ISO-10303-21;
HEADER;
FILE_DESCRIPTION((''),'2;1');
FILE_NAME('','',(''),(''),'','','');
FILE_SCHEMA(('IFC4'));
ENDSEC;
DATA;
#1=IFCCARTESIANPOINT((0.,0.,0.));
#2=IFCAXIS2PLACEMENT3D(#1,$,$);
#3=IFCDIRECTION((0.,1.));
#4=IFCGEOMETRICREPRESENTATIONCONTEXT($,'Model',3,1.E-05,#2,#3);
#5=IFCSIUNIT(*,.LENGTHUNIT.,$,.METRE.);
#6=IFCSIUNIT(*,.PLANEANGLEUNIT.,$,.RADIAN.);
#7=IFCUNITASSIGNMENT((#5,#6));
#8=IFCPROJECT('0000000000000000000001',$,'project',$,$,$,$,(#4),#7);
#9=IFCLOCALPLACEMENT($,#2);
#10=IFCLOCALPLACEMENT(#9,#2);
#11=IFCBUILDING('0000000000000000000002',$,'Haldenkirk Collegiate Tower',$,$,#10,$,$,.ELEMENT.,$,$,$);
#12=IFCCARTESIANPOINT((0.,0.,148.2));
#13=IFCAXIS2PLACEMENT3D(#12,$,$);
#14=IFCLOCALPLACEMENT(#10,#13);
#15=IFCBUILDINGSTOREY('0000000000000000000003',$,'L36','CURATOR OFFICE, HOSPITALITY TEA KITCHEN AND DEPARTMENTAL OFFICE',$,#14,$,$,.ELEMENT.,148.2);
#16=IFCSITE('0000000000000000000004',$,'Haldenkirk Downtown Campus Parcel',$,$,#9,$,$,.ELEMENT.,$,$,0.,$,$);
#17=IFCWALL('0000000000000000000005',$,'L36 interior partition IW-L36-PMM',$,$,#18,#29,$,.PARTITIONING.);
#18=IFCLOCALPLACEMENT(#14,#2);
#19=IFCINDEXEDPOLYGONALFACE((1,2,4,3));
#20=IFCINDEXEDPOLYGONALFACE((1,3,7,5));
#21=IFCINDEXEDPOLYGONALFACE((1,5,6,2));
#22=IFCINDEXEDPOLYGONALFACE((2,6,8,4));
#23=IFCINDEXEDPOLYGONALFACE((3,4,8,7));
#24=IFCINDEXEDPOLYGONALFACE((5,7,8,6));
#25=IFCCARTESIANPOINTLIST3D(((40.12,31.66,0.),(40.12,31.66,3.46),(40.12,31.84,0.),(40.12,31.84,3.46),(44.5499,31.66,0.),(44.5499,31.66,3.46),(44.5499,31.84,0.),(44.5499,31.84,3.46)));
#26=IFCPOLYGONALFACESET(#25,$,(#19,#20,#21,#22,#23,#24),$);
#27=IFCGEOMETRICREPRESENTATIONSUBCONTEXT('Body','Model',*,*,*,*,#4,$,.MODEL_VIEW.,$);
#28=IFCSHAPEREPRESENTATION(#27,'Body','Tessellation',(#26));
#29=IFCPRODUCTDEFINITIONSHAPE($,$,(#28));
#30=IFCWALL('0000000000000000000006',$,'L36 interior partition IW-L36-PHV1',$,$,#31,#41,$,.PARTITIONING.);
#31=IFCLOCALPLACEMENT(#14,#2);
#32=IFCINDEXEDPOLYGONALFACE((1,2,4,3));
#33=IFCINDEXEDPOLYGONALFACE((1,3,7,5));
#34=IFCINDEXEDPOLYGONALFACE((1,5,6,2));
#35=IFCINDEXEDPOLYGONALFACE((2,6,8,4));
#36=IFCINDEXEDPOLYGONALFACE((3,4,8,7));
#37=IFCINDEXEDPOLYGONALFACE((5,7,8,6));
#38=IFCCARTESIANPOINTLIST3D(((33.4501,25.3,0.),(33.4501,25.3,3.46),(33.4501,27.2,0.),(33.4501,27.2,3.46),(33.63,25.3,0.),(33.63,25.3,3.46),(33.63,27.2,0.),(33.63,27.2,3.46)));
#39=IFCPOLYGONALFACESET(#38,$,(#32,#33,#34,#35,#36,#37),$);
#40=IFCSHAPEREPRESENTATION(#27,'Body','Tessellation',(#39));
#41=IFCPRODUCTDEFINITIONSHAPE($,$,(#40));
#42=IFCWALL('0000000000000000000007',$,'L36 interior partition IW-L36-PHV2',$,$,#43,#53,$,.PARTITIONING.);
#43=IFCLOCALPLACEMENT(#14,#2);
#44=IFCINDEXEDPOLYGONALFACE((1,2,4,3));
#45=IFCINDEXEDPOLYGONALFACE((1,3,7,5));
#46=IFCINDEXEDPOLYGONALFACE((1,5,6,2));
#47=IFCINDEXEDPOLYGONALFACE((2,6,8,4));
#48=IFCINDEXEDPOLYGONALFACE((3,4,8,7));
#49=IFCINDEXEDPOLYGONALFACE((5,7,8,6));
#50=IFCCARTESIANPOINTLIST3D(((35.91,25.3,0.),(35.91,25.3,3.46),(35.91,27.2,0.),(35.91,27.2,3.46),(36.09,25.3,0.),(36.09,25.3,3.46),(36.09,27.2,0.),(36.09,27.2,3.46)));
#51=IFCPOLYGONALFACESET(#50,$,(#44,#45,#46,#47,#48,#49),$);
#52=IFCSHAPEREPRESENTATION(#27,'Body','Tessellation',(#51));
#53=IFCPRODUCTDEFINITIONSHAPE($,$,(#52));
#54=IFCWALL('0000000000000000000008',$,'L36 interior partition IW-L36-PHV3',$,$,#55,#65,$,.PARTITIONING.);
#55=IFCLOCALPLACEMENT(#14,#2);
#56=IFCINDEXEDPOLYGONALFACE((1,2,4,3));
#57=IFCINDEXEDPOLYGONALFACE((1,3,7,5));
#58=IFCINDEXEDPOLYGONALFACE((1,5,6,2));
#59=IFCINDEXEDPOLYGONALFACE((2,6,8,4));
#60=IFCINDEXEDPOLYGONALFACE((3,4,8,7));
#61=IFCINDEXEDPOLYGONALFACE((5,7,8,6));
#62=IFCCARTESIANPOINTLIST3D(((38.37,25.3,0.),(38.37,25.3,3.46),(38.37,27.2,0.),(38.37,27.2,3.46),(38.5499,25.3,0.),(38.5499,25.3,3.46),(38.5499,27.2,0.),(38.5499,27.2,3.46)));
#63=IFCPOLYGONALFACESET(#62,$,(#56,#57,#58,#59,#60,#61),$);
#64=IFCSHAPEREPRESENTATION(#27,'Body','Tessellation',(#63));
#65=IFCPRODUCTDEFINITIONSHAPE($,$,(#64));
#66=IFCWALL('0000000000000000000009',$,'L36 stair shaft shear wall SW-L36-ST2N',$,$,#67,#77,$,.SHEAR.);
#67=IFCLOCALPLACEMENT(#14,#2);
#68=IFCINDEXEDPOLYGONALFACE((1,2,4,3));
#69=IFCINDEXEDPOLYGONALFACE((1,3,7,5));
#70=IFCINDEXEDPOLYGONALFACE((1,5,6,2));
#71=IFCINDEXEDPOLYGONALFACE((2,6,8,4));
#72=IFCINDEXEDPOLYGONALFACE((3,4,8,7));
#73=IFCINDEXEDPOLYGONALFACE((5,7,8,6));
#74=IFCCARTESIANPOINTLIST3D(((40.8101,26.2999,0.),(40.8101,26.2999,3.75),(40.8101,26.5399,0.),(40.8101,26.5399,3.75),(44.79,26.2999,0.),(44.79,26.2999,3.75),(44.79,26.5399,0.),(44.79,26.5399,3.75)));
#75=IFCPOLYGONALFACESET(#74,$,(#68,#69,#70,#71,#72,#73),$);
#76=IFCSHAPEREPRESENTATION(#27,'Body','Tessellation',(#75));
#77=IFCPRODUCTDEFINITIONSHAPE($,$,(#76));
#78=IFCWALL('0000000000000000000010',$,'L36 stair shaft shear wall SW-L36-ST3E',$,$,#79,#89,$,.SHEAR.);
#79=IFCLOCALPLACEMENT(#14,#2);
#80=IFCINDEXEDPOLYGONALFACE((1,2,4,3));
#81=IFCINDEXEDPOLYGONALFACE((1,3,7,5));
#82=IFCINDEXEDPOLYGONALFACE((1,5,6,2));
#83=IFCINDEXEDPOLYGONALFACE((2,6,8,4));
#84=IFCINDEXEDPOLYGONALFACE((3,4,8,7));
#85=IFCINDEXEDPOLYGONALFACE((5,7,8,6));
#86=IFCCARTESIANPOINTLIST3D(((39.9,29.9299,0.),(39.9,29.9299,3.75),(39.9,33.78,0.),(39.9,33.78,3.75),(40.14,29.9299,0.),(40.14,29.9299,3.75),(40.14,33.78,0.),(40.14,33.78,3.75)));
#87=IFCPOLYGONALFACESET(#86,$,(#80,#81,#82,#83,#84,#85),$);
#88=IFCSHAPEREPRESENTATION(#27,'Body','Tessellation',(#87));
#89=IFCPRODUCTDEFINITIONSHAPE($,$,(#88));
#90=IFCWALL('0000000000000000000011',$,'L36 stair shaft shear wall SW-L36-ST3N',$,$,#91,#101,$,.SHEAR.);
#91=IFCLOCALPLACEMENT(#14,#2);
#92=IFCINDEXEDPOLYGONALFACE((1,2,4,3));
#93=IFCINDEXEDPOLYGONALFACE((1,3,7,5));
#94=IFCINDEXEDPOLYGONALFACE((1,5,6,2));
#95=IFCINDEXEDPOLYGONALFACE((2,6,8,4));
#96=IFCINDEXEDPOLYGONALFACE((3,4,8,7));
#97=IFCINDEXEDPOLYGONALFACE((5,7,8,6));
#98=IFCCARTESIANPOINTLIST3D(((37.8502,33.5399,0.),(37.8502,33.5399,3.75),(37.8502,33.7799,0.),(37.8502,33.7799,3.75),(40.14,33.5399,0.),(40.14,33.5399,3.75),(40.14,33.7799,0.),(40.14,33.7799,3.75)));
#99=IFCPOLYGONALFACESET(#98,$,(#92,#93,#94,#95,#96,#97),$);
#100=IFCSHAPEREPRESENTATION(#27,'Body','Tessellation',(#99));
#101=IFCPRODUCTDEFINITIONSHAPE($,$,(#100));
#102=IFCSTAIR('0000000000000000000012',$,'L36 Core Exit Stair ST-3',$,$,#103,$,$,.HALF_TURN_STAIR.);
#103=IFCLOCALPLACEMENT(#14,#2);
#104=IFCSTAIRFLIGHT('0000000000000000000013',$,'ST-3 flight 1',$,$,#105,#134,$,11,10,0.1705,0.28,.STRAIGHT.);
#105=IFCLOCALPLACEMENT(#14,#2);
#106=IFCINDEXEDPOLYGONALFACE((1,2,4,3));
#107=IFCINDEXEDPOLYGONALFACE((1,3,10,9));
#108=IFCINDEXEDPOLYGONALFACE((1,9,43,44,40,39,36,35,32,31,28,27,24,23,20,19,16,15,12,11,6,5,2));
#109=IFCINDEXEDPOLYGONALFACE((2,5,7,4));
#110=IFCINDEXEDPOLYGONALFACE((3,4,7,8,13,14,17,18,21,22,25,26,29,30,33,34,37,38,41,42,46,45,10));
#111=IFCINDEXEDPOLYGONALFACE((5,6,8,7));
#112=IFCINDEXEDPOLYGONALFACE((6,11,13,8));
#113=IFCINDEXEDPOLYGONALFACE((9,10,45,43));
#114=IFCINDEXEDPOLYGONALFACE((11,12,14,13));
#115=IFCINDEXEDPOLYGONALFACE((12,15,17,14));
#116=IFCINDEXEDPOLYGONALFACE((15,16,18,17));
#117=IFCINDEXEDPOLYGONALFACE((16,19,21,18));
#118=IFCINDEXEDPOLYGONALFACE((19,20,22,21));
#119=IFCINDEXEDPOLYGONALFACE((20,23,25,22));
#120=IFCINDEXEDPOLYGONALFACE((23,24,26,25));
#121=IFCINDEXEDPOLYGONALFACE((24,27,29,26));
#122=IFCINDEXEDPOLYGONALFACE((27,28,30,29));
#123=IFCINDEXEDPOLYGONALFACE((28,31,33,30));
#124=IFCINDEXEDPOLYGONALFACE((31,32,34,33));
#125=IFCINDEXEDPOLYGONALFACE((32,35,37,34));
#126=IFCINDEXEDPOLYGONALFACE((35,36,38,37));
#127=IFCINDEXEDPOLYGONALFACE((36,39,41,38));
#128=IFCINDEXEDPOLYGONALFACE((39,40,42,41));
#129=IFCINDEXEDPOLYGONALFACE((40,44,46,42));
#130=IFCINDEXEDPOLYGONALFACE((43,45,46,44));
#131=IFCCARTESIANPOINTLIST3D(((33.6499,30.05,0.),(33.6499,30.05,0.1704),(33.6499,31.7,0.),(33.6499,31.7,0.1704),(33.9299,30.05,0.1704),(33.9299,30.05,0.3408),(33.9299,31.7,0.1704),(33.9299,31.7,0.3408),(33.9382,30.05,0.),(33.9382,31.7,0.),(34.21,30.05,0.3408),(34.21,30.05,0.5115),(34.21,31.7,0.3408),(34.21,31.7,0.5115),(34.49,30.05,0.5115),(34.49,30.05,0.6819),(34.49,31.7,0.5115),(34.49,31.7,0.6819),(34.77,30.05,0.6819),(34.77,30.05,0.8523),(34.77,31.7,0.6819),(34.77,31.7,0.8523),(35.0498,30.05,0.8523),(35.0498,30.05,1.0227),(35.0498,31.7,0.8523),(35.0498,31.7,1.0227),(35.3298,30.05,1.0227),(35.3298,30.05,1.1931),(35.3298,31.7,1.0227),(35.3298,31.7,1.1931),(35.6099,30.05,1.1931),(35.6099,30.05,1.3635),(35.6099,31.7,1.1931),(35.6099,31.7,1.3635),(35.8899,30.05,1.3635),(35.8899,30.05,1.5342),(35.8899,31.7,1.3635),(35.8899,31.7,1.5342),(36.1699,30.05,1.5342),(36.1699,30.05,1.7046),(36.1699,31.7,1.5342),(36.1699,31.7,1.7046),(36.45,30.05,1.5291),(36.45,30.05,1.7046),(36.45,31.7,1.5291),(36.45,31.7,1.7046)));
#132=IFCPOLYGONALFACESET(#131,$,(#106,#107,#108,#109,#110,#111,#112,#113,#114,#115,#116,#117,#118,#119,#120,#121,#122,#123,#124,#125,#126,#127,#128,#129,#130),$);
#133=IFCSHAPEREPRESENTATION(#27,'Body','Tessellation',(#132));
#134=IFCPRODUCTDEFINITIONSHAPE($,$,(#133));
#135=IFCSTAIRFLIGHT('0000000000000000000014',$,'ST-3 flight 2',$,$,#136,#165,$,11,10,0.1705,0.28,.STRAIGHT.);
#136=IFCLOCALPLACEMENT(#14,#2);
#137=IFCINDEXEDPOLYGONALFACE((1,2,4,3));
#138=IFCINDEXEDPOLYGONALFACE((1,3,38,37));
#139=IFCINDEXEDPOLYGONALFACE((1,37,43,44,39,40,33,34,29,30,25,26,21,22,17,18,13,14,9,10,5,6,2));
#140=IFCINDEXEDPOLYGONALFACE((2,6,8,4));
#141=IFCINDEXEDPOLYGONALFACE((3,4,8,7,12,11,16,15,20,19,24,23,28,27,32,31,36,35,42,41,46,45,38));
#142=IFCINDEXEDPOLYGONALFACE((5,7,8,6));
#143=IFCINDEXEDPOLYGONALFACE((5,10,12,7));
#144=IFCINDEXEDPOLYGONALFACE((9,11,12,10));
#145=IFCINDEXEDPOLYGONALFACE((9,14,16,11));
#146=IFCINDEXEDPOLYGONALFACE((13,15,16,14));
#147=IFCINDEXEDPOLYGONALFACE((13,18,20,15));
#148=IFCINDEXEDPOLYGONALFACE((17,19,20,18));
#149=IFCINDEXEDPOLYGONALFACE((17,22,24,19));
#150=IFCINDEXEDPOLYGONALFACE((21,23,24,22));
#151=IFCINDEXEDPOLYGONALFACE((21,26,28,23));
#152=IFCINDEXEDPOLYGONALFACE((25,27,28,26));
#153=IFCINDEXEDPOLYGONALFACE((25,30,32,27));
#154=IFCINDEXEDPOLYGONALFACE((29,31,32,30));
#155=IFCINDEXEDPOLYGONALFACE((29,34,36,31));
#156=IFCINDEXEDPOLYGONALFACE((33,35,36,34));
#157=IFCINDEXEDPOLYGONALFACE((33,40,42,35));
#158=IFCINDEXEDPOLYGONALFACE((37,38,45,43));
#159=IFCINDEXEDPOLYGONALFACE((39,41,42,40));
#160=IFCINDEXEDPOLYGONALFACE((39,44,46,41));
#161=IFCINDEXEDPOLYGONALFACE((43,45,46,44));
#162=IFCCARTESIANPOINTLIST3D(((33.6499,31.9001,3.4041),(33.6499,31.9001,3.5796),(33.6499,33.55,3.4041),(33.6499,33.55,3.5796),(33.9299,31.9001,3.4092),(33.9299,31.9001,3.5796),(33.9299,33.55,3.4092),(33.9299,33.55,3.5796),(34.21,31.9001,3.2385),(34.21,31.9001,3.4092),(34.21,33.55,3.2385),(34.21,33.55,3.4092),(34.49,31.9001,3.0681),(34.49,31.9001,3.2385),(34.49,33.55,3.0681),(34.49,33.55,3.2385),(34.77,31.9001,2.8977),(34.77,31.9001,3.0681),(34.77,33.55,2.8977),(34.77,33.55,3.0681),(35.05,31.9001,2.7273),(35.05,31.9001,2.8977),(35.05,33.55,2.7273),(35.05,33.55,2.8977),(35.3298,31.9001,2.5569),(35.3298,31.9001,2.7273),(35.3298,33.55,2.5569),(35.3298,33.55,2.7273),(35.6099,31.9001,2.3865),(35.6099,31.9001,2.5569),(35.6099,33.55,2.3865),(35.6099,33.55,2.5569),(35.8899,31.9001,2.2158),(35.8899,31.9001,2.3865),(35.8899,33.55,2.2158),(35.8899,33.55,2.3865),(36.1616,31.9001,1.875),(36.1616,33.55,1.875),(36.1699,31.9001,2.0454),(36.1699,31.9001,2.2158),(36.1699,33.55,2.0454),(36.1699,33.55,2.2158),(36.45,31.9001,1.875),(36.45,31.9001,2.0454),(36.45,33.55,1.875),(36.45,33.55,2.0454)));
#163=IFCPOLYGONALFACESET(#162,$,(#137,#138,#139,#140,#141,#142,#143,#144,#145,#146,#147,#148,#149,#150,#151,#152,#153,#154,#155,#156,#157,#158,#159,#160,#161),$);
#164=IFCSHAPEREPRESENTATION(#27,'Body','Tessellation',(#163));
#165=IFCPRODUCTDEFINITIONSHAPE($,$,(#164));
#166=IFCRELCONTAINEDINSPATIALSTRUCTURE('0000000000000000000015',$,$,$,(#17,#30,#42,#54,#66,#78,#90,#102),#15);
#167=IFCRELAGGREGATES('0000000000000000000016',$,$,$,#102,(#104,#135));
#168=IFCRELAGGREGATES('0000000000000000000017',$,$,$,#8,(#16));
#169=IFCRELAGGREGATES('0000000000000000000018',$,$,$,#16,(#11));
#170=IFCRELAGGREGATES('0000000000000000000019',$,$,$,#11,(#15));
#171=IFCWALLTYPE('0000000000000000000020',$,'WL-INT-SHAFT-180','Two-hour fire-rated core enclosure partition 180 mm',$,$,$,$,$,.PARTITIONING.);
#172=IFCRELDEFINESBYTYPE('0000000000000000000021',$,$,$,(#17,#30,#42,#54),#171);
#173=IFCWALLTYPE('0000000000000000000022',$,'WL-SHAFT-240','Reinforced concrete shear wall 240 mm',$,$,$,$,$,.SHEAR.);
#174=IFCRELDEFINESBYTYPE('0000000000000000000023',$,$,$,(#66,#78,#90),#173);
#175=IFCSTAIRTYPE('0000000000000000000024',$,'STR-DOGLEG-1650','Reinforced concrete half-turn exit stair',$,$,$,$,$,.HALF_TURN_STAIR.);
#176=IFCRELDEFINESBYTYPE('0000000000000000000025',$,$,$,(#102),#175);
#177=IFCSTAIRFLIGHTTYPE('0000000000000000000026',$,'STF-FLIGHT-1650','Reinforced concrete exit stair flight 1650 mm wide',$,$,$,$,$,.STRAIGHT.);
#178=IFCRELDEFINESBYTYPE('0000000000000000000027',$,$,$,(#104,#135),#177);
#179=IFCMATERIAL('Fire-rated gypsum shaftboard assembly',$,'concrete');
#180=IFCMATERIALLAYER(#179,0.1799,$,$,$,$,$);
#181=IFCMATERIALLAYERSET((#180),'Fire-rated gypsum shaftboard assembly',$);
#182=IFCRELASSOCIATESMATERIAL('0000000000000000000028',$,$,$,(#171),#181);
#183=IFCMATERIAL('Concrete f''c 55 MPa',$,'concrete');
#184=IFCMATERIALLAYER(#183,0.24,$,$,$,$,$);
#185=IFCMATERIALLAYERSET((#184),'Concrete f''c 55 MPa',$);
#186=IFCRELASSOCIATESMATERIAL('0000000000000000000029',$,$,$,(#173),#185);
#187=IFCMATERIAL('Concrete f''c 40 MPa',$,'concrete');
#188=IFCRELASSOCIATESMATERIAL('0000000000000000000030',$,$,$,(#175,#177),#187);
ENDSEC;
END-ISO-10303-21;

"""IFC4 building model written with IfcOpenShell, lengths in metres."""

from ifc_helpers import new_model, si_unit, direction, frame, frame_2d, origin, place, context, subcontext, project, spatial, polyline, rectangle, outline, extrude, material, layer, layer_set, type_object, element, aggregate, save


model = new_model("IFC4")

# Units and contexts
model_context = context("Model", 3, precision=1e-05, world=origin(), true_north=direction((0.0, 1.0)))
body_context = subcontext(model_context, "Body", "Model", "MODEL_VIEW")
ifc_project = project(units=[si_unit("LENGTHUNIT", "METRE"), si_unit("PLANEANGLEUNIT", "RADIAN")], contexts=[model_context])

# Site, building, storey
site_placement = place(None, origin())
site = spatial("IfcSite", under=ifc_project, at=site_placement, Name="Haldenkirk Downtown Campus Parcel", CompositionType="ELEMENT", RefElevation=0.0)
building_placement = place(site_placement, origin())
building = spatial("IfcBuilding", under=site, at=building_placement, Name="Haldenkirk Collegiate Tower", CompositionType="ELEMENT")
storey_placement = place(building_placement, frame((0.0, 0.0, 148.2)))
storey = spatial("IfcBuildingStorey", under=building, at=storey_placement, Name="L36", Description="CURATOR OFFICE, HOSPITALITY TEA KITCHEN AND DEPARTMENTAL OFFICE", CompositionType="ELEMENT", Elevation=148.2)

# Shared definitions
ifc_material_1 = material(Name="Fire-rated gypsum shaftboard assembly", Category="concrete")
ifc_layer_1 = layer(ifc_material_1, 0.1799)
ifc_layer_set_1 = layer_set([ifc_layer_1], Name="Fire-rated gypsum shaftboard assembly")
wall_type_1 = type_object("IfcWallType", Name="WL-INT-SHAFT-180", Description="Two-hour fire-rated core enclosure partition 180 mm", PredefinedType="PARTITIONING", material=ifc_layer_set_1)

# Walls
wall_1_placement = place(storey_placement, frame((40.1201, 31.75, 0.0), z_axis=(0.0, 0.0, 1.0), x_axis=(1.0, 0.0, 0.0)))
element("IfcWall", 1, at=wall_1_placement, inside=storey, type_object=wall_type_1, Name="L36 interior partition IW-L36-PMM", PredefinedType="PARTITIONING", context=body_context, shape_type="SweptSolid", body=[
    extrude(rectangle(XDim=4.4299, YDim=0.1799, at=frame_2d((2.2148, 0.0))), origin(), (0.0, 0.0, 1.0), 3.46),
])
for number, where, z_axis, x_axis, name in (
    (2, (33.54, 25.3, 0.0), (0.0, 0.0, 1.0), (0.0, 1.0, 0.0), "L36 interior partition IW-L36-PHV1"),
    (3, (36.0, 25.3, 0.0), (0.0, 0.0, 1.0), (0.0, 1.0, 0.0), "L36 interior partition IW-L36-PHV2"),
    (4, (38.46, 25.3, 0.0), (0.0, 0.0, 1.0), (0.0, 1.0, 0.0), "L36 interior partition IW-L36-PHV3"),
):
    element("IfcWall", number, at=place(storey_placement, frame(where, z_axis=z_axis, x_axis=x_axis)), inside=storey, type_object=wall_type_1, Name=name, PredefinedType="PARTITIONING", context=body_context, shape_type="SweptSolid", body=[
        extrude(rectangle(XDim=1.8999, YDim=0.1799, at=frame_2d((0.95, 0.0))), origin(), (0.0, 0.0, 1.0), 3.46),
    ])
ifc_material_2 = material(Name="Concrete f'c 55 MPa", Category="concrete")
ifc_layer_2 = layer(ifc_material_2, 0.24)
ifc_layer_set_2 = layer_set([ifc_layer_2], Name="Concrete f'c 55 MPa")
wall_type_2 = type_object("IfcWallType", Name="WL-SHAFT-240", Description="Reinforced concrete shear wall 240 mm", PredefinedType="SHEAR", material=ifc_layer_set_2)
wall_2_placement = place(storey_placement, frame((40.8101, 26.4199, 0.0), z_axis=(0.0, 0.0, 1.0), x_axis=(1.0, 0.0, 0.0)))
element("IfcWall", 5, at=wall_2_placement, inside=storey, type_object=wall_type_2, Name="L36 stair shaft shear wall SW-L36-ST2N", PredefinedType="SHEAR", context=body_context, shape_type="SweptSolid", body=[
    extrude(rectangle(XDim=3.98, YDim=0.24, at=frame_2d((1.99, 0.0))), origin(), (0.0, 0.0, 1.0), 3.75),
])
wall_3_placement = place(storey_placement, frame((40.02, 29.9299, 0.0), z_axis=(0.0, 0.0, 1.0), x_axis=(0.0, 1.0, 0.0)))
element("IfcWall", 6, at=wall_3_placement, inside=storey, type_object=wall_type_2, Name="L36 stair shaft shear wall SW-L36-ST3E", PredefinedType="SHEAR", context=body_context, shape_type="SweptSolid", body=[
    extrude(rectangle(XDim=3.8501, YDim=0.24, at=frame_2d((1.925, 0.0))), origin(), (0.0, 0.0, 1.0), 3.75),
])
wall_4_placement = place(storey_placement, frame((37.8501, 33.6599, 0.0), z_axis=(0.0, 0.0, 1.0), x_axis=(1.0, 0.0, 0.0)))
element("IfcWall", 7, at=wall_4_placement, inside=storey, type_object=wall_type_2, Name="L36 stair shaft shear wall SW-L36-ST3N", PredefinedType="SHEAR", context=body_context, shape_type="SweptSolid", body=[
    extrude(rectangle(XDim=2.2898, YDim=0.24, at=frame_2d((1.145, 0.0))), origin(), (0.0, 0.0, 1.0), 3.75),
])

# Stair, stair flights
ifc_material_3 = material(Name="Concrete f'c 40 MPa", Category="concrete")
stair_type = type_object("IfcStairType", Name="STR-DOGLEG-1650", Description="Reinforced concrete half-turn exit stair", PredefinedType="HALF_TURN_STAIR", material=ifc_material_3)
stair_placement = place(storey_placement, origin())
stair = element("IfcStair", 8, at=stair_placement, inside=storey, type_object=stair_type, Name="L36 Core Exit Stair ST-3", PredefinedType="HALF_TURN_STAIR")
stair_flight_type = type_object("IfcStairFlightType", Name="STF-FLIGHT-1650", Description="Reinforced concrete exit stair flight 1650 mm wide", PredefinedType="STRAIGHT", material=ifc_material_3)
stair_flight_1_placement = place(storey_placement, frame((33.6499, 30.875, 0.0), z_axis=(0.0, 0.0, 1.0), x_axis=(1.0, 0.0, 0.0)))
stair_flight_1 = element("IfcStairFlight", 9, at=stair_flight_1_placement, type_object=stair_flight_type, Name="ST-3 flight 1", NumberOfRisers=11, NumberOfTreads=10, PredefinedType="STRAIGHT", RiserHeight=0.1705, TreadLength=0.28, context=body_context, shape_type="SweptSolid", body=[
    extrude(outline(polyline([(0.0, 0.0), (0.0, 0.1704), (0.28, 0.1704), (0.28, 0.3408), (0.5601, 0.3408), (0.5601, 0.5115), (0.8401, 0.5115), (0.8401, 0.6819), (1.1201, 0.6819), (1.1201, 0.8523), (1.3999, 0.8523), (1.3999, 1.0227), (1.6799, 1.0227), (1.6799, 1.1931), (1.96, 1.1931), (1.96, 1.3635), (2.24, 1.3635), (2.24, 1.5342), (2.52, 1.5342), (2.52, 1.7046), (2.8, 1.7046), (2.8, 1.875), (2.8, 1.5291), (0.2883, 0.0), (0.0, 0.0)])), frame((0.0, 0.825, 0.0), z_axis=(0.0, -1.0, 0.0), x_axis=(1.0, 0.0, 0.0)), (0.0, 0.0, 1.0), 1.6499),
])
stair_flight_2_placement = place(storey_placement, frame((36.45, 32.7251, 1.875), z_axis=(0.0, 0.0, 1.0), x_axis=(-1.0, 0.0, 0.0)))
stair_flight_2 = element("IfcStairFlight", 10, at=stair_flight_2_placement, type_object=stair_flight_type, Name="ST-3 flight 2", NumberOfRisers=11, NumberOfTreads=10, PredefinedType="STRAIGHT", RiserHeight=0.1705, TreadLength=0.28, context=body_context, shape_type="SweptSolid", body=[
    extrude(outline(polyline([(0.0, 0.0), (0.0, 0.1704), (0.28, 0.1704), (0.28, 0.3408), (0.5601, 0.3408), (0.5601, 0.5115), (0.8401, 0.5115), (0.8401, 0.6819), (1.1201, 0.6819), (1.1201, 0.8523), (1.3999, 0.8523), (1.3999, 1.0227), (1.6799, 1.0227), (1.6799, 1.1931), (1.96, 1.1931), (1.96, 1.3635), (2.24, 1.3635), (2.24, 1.5342), (2.52, 1.5342), (2.52, 1.7046), (2.8, 1.7046), (2.8, 1.875), (2.8, 1.5291), (0.2883, 0.0), (0.0, 0.0)])), frame((0.0, 0.825, 0.0), z_axis=(0.0, -1.0, 0.0), x_axis=(1.0, 0.0, 0.0)), (0.0, 0.0, 1.0), 1.6499),
])
aggregate(stair, [stair_flight_1, stair_flight_2])

save(model, "model.ifc")
